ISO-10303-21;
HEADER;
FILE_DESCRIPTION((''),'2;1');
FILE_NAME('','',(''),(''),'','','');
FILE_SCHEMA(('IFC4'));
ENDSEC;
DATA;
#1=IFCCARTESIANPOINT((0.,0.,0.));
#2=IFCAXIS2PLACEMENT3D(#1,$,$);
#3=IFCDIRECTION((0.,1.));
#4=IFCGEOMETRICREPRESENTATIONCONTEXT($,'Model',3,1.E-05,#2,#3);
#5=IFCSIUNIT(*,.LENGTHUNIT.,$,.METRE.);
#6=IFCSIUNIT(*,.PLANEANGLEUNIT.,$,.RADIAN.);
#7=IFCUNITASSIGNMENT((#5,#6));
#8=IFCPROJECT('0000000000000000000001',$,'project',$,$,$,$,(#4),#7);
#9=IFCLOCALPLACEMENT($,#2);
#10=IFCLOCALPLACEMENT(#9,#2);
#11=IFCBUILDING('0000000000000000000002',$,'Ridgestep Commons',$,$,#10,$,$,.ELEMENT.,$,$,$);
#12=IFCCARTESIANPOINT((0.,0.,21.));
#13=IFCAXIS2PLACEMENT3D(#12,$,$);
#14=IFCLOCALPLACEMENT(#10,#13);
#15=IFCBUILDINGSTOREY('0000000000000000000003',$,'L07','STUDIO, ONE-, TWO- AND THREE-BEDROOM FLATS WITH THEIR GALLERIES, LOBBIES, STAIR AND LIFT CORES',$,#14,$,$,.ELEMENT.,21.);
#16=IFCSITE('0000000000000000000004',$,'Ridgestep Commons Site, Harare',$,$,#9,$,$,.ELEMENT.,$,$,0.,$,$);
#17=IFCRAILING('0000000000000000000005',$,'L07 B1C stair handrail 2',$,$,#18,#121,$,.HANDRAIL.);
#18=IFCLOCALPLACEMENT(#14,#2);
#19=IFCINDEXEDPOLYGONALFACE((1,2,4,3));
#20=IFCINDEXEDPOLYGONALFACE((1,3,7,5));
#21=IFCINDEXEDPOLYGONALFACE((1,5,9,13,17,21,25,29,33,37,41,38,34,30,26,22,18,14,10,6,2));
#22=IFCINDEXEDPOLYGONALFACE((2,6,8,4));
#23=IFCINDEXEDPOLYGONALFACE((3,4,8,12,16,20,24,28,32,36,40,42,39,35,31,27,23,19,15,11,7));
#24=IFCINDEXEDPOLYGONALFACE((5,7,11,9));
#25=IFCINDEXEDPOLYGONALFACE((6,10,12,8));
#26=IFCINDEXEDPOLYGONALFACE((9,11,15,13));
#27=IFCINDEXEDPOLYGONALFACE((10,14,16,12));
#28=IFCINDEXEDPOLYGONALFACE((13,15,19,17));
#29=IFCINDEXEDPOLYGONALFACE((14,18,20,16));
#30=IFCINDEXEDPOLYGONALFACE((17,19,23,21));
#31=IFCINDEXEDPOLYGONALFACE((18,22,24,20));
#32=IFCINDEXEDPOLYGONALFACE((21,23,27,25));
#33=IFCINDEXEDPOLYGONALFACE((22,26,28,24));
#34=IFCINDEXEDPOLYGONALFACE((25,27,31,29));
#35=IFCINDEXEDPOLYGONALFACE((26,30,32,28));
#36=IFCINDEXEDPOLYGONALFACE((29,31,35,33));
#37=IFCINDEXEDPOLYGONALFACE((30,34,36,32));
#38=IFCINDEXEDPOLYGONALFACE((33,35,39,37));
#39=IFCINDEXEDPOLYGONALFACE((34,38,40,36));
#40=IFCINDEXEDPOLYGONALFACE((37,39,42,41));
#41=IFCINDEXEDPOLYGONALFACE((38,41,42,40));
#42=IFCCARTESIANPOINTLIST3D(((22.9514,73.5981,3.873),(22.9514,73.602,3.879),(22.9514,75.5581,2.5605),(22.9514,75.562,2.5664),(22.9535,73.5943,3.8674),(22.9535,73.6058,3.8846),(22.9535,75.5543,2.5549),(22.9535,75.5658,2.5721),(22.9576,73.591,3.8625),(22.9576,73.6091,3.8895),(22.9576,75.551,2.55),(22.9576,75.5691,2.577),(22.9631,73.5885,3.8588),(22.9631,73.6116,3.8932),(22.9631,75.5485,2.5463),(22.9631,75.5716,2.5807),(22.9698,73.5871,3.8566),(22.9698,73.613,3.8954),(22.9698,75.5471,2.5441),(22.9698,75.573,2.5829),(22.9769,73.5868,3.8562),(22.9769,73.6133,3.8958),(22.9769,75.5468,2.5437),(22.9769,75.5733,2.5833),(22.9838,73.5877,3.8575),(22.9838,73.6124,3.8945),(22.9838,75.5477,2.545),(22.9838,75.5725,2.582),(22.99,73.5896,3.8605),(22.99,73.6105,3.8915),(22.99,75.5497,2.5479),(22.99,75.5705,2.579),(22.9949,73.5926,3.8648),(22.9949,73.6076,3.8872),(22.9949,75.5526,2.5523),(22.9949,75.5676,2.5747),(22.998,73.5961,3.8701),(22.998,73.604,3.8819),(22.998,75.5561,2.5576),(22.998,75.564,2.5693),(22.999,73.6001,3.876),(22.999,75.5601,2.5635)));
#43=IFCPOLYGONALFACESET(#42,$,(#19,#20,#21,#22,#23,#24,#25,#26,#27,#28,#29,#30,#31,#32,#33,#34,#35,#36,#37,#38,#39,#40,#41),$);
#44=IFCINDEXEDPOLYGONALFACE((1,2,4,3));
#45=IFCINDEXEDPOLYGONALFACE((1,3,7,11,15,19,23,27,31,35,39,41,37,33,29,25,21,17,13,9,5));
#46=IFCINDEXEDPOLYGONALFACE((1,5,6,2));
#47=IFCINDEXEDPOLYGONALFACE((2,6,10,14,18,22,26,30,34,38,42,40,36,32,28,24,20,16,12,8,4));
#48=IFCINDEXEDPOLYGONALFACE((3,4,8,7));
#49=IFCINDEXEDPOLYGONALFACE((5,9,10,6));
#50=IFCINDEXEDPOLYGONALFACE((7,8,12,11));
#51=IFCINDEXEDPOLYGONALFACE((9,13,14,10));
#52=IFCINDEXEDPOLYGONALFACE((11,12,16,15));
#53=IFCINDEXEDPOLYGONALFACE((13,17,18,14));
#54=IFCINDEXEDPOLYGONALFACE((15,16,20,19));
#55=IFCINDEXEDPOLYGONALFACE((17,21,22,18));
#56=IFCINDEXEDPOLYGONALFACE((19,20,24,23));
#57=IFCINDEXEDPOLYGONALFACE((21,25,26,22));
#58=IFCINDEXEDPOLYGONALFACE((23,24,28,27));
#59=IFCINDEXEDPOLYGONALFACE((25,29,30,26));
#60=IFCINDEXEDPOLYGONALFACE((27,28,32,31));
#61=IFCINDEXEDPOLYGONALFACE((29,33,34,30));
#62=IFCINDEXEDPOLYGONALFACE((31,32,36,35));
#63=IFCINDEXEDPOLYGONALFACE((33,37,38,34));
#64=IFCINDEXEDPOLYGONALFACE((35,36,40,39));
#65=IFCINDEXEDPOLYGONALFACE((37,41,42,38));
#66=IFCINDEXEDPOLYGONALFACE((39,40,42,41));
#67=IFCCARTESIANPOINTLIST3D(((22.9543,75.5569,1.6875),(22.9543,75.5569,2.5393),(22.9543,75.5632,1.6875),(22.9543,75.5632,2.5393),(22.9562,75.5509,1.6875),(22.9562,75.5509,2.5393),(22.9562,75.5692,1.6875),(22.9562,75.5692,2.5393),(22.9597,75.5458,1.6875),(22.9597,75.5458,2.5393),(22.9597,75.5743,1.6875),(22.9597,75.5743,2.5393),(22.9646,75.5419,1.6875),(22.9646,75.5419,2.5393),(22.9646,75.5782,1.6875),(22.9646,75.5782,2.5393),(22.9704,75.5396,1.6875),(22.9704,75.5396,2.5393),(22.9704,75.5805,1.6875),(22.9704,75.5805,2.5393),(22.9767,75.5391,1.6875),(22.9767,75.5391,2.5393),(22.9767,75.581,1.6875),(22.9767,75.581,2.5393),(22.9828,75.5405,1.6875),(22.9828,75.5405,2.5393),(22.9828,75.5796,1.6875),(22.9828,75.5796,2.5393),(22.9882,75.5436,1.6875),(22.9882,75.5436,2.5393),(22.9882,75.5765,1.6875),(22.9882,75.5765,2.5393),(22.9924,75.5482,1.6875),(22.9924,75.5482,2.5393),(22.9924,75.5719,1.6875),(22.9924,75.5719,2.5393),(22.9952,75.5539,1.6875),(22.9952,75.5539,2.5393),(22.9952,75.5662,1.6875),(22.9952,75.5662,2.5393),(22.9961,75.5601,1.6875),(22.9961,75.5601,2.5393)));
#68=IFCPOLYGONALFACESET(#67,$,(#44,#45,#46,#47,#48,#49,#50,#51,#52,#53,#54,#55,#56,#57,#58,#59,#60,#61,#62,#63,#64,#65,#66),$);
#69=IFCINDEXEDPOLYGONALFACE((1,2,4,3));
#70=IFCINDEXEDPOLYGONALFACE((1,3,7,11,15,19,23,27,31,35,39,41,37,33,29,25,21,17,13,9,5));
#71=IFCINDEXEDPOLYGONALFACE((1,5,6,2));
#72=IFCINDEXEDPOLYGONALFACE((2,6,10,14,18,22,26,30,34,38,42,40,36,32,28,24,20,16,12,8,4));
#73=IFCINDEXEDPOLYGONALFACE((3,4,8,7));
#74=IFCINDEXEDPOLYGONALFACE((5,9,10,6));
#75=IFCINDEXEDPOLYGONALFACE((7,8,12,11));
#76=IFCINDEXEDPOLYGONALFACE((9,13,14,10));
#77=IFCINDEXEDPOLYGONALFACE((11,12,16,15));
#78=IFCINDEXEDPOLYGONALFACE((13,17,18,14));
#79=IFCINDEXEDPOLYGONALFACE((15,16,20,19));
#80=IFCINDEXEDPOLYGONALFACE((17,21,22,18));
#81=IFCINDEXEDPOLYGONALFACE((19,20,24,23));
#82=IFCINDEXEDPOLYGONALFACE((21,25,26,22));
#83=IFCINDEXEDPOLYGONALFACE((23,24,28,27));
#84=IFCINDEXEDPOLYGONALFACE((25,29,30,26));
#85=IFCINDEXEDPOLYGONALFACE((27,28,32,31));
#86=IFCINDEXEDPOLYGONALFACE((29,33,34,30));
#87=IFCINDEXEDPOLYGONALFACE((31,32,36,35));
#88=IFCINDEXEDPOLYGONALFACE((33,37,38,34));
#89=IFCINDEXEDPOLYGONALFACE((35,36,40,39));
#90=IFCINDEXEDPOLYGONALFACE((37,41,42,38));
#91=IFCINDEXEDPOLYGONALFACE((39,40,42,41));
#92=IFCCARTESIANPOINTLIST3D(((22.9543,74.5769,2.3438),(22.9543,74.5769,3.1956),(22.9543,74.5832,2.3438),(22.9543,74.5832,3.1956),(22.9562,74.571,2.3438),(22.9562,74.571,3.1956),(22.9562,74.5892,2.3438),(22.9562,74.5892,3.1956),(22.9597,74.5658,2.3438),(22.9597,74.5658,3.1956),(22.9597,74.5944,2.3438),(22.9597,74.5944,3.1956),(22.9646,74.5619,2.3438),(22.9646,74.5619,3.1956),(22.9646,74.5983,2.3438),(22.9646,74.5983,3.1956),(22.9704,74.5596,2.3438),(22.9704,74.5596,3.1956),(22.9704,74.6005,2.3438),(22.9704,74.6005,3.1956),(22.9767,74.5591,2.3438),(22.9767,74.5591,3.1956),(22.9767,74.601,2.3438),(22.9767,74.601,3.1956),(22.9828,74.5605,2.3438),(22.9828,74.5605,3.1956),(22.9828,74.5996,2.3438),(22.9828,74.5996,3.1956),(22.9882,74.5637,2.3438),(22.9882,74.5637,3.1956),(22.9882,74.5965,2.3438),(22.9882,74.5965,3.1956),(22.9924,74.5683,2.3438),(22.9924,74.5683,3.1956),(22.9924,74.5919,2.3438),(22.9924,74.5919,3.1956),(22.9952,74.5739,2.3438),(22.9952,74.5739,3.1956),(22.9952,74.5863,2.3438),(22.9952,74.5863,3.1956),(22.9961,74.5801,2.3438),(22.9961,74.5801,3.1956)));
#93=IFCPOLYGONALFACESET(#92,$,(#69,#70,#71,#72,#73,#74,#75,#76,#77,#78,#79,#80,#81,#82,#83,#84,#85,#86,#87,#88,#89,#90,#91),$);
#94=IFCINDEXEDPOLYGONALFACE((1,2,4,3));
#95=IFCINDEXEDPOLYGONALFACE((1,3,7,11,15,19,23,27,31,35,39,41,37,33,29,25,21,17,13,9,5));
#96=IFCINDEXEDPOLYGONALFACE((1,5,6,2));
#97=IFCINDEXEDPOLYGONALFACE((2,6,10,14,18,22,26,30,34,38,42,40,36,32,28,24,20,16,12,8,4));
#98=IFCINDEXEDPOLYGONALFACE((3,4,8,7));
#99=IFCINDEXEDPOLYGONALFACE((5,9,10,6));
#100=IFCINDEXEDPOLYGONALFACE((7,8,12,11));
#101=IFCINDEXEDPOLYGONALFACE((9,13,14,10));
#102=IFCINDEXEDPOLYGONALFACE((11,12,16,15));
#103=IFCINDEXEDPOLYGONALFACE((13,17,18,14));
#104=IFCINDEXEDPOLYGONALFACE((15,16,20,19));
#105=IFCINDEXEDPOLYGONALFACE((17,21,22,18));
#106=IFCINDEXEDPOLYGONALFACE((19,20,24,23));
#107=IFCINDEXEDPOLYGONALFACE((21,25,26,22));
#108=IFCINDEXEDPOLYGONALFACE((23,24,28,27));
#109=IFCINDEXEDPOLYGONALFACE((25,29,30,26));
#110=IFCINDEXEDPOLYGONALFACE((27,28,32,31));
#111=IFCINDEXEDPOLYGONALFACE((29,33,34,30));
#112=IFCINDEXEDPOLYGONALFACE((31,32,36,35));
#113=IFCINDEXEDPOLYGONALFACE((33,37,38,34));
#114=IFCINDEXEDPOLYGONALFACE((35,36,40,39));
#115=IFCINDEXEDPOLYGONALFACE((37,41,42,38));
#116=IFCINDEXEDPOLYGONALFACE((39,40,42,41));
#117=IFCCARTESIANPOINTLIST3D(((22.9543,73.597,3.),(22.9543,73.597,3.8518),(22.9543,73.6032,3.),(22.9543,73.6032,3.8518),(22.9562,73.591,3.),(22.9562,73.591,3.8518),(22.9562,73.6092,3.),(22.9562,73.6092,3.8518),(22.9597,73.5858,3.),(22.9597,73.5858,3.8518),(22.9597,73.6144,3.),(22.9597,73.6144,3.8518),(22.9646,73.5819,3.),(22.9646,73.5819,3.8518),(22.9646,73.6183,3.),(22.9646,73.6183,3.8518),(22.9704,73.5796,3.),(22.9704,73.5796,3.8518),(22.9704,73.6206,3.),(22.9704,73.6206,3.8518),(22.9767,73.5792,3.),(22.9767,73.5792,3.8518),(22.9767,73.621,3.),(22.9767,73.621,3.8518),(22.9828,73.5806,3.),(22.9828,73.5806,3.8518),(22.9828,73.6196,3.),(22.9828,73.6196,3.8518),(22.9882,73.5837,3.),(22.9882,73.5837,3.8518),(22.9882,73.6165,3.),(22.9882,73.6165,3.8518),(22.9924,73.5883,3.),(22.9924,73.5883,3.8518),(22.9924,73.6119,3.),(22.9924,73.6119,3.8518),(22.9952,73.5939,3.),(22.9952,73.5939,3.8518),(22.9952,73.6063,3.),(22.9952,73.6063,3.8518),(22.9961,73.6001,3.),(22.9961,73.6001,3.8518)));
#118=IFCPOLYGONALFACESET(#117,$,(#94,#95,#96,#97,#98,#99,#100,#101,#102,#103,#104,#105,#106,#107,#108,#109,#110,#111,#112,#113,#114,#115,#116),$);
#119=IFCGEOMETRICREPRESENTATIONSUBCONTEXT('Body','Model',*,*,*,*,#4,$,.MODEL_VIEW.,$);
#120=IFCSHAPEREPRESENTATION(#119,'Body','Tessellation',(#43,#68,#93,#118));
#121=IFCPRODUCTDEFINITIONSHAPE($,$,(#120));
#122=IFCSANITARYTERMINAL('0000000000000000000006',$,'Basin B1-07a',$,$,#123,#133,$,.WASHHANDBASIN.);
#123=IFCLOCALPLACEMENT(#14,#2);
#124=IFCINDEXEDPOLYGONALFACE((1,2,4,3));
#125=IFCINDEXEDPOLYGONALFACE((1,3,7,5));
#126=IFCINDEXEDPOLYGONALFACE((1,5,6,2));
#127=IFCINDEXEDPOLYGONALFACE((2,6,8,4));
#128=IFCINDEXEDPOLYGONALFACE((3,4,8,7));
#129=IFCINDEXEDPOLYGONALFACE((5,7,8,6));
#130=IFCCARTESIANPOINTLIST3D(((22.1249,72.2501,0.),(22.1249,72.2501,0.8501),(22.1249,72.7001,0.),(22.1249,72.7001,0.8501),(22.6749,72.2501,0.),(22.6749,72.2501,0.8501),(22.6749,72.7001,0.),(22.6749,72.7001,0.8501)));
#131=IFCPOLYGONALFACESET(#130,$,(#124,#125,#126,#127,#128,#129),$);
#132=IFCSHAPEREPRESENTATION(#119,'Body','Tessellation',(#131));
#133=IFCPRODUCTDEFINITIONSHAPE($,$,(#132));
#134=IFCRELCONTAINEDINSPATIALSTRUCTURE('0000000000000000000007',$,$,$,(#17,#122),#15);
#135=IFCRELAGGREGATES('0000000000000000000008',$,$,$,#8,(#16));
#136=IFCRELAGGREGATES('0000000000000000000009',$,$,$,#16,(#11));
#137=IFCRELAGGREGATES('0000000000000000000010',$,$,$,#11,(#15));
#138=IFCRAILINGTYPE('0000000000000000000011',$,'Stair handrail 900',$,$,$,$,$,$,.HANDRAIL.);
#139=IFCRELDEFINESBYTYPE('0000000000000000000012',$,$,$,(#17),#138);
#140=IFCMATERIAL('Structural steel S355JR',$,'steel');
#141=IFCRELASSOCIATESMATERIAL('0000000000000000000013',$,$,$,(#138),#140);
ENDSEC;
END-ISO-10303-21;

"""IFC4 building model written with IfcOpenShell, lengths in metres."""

from ifc_helpers import new_model, si_unit, direction, frame, origin, origin_2d, place, context, subcontext, project, spatial, rectangle, circle, extrude, material, type_object, element, save


model = new_model("IFC4")

# Units and contexts
model_context = context("Model", 3, precision=1e-05, world=origin(), true_north=direction((0.0, 1.0)))
body_context = subcontext(model_context, "Body", "Model", "MODEL_VIEW")
ifc_project = project(units=[si_unit("LENGTHUNIT", "METRE"), si_unit("PLANEANGLEUNIT", "RADIAN")], contexts=[model_context])

# Site, building, storey
site_placement = place(None, origin())
site = spatial("IfcSite", under=ifc_project, at=site_placement, Name="Ridgestep Commons Site, Harare", CompositionType="ELEMENT", RefElevation=0.0)
building_placement = place(site_placement, origin())
building = spatial("IfcBuilding", under=site, at=building_placement, Name="Ridgestep Commons", CompositionType="ELEMENT")
storey_placement = place(building_placement, frame((0.0, 0.0, 21.0)))
storey = spatial("IfcBuildingStorey", under=building, at=storey_placement, Name="L07", Description="STUDIO, ONE-, TWO- AND THREE-BEDROOM FLATS WITH THEIR GALLERIES, LOBBIES, STAIR AND LIFT CORES", CompositionType="ELEMENT", Elevation=21.0)

# Railing
ifc_material_1 = material(Name="Structural steel S355JR", Category="steel")
railing_type_1 = type_object("IfcRailingType", Name="Stair handrail 900", PredefinedType="HANDRAIL", material=ifc_material_1)
railing_1_placement = place(storey_placement, frame((22.9751, 75.5601, 1.6875)))
element("IfcRailing", 1, at=railing_1_placement, inside=storey, type_object=railing_type_1, Name="L07 B1C stair handrail 2", PredefinedType="HANDRAIL", context=body_context, shape_type="SweptSolid", body=[
    extrude(circle(Radius=0.0239, at=origin_2d()), frame((0.0, 0.0, 0.876), z_axis=(0.0, -0.830902, 0.556419), x_axis=(1.0, 0.0, 0.0)), (0.0, 0.0, 1.0), 2.3589),
    extrude(circle(Radius=0.021, at=origin_2d()), origin(), (0.0, 0.0, 1.0), 0.8518),
    extrude(circle(Radius=0.021, at=origin_2d()), frame((0.0, -0.98, 0.6562)), (0.0, 0.0, 1.0), 0.8518),
    extrude(circle(Radius=0.021, at=origin_2d()), frame((0.0, -1.96, 1.3125)), (0.0, 0.0, 1.0), 0.8518),
])

# Sanitary terminal
sanitary_terminal_placement = place(storey_placement, frame((22.3999, 72.4751, 0.0), z_axis=(0.0, 0.0, 1.0), x_axis=(1.0, 0.0, 0.0)))
element("IfcSanitaryTerminal", 2, at=sanitary_terminal_placement, inside=storey, Name="Basin B1-07a", PredefinedType="WASHHANDBASIN", context=body_context, shape_type="SweptSolid", body=[
    extrude(rectangle(XDim=0.55, YDim=0.45, at=origin_2d()), origin(), (0.0, 0.0, 1.0), 0.8501),
])

save(model, "model.ifc")
